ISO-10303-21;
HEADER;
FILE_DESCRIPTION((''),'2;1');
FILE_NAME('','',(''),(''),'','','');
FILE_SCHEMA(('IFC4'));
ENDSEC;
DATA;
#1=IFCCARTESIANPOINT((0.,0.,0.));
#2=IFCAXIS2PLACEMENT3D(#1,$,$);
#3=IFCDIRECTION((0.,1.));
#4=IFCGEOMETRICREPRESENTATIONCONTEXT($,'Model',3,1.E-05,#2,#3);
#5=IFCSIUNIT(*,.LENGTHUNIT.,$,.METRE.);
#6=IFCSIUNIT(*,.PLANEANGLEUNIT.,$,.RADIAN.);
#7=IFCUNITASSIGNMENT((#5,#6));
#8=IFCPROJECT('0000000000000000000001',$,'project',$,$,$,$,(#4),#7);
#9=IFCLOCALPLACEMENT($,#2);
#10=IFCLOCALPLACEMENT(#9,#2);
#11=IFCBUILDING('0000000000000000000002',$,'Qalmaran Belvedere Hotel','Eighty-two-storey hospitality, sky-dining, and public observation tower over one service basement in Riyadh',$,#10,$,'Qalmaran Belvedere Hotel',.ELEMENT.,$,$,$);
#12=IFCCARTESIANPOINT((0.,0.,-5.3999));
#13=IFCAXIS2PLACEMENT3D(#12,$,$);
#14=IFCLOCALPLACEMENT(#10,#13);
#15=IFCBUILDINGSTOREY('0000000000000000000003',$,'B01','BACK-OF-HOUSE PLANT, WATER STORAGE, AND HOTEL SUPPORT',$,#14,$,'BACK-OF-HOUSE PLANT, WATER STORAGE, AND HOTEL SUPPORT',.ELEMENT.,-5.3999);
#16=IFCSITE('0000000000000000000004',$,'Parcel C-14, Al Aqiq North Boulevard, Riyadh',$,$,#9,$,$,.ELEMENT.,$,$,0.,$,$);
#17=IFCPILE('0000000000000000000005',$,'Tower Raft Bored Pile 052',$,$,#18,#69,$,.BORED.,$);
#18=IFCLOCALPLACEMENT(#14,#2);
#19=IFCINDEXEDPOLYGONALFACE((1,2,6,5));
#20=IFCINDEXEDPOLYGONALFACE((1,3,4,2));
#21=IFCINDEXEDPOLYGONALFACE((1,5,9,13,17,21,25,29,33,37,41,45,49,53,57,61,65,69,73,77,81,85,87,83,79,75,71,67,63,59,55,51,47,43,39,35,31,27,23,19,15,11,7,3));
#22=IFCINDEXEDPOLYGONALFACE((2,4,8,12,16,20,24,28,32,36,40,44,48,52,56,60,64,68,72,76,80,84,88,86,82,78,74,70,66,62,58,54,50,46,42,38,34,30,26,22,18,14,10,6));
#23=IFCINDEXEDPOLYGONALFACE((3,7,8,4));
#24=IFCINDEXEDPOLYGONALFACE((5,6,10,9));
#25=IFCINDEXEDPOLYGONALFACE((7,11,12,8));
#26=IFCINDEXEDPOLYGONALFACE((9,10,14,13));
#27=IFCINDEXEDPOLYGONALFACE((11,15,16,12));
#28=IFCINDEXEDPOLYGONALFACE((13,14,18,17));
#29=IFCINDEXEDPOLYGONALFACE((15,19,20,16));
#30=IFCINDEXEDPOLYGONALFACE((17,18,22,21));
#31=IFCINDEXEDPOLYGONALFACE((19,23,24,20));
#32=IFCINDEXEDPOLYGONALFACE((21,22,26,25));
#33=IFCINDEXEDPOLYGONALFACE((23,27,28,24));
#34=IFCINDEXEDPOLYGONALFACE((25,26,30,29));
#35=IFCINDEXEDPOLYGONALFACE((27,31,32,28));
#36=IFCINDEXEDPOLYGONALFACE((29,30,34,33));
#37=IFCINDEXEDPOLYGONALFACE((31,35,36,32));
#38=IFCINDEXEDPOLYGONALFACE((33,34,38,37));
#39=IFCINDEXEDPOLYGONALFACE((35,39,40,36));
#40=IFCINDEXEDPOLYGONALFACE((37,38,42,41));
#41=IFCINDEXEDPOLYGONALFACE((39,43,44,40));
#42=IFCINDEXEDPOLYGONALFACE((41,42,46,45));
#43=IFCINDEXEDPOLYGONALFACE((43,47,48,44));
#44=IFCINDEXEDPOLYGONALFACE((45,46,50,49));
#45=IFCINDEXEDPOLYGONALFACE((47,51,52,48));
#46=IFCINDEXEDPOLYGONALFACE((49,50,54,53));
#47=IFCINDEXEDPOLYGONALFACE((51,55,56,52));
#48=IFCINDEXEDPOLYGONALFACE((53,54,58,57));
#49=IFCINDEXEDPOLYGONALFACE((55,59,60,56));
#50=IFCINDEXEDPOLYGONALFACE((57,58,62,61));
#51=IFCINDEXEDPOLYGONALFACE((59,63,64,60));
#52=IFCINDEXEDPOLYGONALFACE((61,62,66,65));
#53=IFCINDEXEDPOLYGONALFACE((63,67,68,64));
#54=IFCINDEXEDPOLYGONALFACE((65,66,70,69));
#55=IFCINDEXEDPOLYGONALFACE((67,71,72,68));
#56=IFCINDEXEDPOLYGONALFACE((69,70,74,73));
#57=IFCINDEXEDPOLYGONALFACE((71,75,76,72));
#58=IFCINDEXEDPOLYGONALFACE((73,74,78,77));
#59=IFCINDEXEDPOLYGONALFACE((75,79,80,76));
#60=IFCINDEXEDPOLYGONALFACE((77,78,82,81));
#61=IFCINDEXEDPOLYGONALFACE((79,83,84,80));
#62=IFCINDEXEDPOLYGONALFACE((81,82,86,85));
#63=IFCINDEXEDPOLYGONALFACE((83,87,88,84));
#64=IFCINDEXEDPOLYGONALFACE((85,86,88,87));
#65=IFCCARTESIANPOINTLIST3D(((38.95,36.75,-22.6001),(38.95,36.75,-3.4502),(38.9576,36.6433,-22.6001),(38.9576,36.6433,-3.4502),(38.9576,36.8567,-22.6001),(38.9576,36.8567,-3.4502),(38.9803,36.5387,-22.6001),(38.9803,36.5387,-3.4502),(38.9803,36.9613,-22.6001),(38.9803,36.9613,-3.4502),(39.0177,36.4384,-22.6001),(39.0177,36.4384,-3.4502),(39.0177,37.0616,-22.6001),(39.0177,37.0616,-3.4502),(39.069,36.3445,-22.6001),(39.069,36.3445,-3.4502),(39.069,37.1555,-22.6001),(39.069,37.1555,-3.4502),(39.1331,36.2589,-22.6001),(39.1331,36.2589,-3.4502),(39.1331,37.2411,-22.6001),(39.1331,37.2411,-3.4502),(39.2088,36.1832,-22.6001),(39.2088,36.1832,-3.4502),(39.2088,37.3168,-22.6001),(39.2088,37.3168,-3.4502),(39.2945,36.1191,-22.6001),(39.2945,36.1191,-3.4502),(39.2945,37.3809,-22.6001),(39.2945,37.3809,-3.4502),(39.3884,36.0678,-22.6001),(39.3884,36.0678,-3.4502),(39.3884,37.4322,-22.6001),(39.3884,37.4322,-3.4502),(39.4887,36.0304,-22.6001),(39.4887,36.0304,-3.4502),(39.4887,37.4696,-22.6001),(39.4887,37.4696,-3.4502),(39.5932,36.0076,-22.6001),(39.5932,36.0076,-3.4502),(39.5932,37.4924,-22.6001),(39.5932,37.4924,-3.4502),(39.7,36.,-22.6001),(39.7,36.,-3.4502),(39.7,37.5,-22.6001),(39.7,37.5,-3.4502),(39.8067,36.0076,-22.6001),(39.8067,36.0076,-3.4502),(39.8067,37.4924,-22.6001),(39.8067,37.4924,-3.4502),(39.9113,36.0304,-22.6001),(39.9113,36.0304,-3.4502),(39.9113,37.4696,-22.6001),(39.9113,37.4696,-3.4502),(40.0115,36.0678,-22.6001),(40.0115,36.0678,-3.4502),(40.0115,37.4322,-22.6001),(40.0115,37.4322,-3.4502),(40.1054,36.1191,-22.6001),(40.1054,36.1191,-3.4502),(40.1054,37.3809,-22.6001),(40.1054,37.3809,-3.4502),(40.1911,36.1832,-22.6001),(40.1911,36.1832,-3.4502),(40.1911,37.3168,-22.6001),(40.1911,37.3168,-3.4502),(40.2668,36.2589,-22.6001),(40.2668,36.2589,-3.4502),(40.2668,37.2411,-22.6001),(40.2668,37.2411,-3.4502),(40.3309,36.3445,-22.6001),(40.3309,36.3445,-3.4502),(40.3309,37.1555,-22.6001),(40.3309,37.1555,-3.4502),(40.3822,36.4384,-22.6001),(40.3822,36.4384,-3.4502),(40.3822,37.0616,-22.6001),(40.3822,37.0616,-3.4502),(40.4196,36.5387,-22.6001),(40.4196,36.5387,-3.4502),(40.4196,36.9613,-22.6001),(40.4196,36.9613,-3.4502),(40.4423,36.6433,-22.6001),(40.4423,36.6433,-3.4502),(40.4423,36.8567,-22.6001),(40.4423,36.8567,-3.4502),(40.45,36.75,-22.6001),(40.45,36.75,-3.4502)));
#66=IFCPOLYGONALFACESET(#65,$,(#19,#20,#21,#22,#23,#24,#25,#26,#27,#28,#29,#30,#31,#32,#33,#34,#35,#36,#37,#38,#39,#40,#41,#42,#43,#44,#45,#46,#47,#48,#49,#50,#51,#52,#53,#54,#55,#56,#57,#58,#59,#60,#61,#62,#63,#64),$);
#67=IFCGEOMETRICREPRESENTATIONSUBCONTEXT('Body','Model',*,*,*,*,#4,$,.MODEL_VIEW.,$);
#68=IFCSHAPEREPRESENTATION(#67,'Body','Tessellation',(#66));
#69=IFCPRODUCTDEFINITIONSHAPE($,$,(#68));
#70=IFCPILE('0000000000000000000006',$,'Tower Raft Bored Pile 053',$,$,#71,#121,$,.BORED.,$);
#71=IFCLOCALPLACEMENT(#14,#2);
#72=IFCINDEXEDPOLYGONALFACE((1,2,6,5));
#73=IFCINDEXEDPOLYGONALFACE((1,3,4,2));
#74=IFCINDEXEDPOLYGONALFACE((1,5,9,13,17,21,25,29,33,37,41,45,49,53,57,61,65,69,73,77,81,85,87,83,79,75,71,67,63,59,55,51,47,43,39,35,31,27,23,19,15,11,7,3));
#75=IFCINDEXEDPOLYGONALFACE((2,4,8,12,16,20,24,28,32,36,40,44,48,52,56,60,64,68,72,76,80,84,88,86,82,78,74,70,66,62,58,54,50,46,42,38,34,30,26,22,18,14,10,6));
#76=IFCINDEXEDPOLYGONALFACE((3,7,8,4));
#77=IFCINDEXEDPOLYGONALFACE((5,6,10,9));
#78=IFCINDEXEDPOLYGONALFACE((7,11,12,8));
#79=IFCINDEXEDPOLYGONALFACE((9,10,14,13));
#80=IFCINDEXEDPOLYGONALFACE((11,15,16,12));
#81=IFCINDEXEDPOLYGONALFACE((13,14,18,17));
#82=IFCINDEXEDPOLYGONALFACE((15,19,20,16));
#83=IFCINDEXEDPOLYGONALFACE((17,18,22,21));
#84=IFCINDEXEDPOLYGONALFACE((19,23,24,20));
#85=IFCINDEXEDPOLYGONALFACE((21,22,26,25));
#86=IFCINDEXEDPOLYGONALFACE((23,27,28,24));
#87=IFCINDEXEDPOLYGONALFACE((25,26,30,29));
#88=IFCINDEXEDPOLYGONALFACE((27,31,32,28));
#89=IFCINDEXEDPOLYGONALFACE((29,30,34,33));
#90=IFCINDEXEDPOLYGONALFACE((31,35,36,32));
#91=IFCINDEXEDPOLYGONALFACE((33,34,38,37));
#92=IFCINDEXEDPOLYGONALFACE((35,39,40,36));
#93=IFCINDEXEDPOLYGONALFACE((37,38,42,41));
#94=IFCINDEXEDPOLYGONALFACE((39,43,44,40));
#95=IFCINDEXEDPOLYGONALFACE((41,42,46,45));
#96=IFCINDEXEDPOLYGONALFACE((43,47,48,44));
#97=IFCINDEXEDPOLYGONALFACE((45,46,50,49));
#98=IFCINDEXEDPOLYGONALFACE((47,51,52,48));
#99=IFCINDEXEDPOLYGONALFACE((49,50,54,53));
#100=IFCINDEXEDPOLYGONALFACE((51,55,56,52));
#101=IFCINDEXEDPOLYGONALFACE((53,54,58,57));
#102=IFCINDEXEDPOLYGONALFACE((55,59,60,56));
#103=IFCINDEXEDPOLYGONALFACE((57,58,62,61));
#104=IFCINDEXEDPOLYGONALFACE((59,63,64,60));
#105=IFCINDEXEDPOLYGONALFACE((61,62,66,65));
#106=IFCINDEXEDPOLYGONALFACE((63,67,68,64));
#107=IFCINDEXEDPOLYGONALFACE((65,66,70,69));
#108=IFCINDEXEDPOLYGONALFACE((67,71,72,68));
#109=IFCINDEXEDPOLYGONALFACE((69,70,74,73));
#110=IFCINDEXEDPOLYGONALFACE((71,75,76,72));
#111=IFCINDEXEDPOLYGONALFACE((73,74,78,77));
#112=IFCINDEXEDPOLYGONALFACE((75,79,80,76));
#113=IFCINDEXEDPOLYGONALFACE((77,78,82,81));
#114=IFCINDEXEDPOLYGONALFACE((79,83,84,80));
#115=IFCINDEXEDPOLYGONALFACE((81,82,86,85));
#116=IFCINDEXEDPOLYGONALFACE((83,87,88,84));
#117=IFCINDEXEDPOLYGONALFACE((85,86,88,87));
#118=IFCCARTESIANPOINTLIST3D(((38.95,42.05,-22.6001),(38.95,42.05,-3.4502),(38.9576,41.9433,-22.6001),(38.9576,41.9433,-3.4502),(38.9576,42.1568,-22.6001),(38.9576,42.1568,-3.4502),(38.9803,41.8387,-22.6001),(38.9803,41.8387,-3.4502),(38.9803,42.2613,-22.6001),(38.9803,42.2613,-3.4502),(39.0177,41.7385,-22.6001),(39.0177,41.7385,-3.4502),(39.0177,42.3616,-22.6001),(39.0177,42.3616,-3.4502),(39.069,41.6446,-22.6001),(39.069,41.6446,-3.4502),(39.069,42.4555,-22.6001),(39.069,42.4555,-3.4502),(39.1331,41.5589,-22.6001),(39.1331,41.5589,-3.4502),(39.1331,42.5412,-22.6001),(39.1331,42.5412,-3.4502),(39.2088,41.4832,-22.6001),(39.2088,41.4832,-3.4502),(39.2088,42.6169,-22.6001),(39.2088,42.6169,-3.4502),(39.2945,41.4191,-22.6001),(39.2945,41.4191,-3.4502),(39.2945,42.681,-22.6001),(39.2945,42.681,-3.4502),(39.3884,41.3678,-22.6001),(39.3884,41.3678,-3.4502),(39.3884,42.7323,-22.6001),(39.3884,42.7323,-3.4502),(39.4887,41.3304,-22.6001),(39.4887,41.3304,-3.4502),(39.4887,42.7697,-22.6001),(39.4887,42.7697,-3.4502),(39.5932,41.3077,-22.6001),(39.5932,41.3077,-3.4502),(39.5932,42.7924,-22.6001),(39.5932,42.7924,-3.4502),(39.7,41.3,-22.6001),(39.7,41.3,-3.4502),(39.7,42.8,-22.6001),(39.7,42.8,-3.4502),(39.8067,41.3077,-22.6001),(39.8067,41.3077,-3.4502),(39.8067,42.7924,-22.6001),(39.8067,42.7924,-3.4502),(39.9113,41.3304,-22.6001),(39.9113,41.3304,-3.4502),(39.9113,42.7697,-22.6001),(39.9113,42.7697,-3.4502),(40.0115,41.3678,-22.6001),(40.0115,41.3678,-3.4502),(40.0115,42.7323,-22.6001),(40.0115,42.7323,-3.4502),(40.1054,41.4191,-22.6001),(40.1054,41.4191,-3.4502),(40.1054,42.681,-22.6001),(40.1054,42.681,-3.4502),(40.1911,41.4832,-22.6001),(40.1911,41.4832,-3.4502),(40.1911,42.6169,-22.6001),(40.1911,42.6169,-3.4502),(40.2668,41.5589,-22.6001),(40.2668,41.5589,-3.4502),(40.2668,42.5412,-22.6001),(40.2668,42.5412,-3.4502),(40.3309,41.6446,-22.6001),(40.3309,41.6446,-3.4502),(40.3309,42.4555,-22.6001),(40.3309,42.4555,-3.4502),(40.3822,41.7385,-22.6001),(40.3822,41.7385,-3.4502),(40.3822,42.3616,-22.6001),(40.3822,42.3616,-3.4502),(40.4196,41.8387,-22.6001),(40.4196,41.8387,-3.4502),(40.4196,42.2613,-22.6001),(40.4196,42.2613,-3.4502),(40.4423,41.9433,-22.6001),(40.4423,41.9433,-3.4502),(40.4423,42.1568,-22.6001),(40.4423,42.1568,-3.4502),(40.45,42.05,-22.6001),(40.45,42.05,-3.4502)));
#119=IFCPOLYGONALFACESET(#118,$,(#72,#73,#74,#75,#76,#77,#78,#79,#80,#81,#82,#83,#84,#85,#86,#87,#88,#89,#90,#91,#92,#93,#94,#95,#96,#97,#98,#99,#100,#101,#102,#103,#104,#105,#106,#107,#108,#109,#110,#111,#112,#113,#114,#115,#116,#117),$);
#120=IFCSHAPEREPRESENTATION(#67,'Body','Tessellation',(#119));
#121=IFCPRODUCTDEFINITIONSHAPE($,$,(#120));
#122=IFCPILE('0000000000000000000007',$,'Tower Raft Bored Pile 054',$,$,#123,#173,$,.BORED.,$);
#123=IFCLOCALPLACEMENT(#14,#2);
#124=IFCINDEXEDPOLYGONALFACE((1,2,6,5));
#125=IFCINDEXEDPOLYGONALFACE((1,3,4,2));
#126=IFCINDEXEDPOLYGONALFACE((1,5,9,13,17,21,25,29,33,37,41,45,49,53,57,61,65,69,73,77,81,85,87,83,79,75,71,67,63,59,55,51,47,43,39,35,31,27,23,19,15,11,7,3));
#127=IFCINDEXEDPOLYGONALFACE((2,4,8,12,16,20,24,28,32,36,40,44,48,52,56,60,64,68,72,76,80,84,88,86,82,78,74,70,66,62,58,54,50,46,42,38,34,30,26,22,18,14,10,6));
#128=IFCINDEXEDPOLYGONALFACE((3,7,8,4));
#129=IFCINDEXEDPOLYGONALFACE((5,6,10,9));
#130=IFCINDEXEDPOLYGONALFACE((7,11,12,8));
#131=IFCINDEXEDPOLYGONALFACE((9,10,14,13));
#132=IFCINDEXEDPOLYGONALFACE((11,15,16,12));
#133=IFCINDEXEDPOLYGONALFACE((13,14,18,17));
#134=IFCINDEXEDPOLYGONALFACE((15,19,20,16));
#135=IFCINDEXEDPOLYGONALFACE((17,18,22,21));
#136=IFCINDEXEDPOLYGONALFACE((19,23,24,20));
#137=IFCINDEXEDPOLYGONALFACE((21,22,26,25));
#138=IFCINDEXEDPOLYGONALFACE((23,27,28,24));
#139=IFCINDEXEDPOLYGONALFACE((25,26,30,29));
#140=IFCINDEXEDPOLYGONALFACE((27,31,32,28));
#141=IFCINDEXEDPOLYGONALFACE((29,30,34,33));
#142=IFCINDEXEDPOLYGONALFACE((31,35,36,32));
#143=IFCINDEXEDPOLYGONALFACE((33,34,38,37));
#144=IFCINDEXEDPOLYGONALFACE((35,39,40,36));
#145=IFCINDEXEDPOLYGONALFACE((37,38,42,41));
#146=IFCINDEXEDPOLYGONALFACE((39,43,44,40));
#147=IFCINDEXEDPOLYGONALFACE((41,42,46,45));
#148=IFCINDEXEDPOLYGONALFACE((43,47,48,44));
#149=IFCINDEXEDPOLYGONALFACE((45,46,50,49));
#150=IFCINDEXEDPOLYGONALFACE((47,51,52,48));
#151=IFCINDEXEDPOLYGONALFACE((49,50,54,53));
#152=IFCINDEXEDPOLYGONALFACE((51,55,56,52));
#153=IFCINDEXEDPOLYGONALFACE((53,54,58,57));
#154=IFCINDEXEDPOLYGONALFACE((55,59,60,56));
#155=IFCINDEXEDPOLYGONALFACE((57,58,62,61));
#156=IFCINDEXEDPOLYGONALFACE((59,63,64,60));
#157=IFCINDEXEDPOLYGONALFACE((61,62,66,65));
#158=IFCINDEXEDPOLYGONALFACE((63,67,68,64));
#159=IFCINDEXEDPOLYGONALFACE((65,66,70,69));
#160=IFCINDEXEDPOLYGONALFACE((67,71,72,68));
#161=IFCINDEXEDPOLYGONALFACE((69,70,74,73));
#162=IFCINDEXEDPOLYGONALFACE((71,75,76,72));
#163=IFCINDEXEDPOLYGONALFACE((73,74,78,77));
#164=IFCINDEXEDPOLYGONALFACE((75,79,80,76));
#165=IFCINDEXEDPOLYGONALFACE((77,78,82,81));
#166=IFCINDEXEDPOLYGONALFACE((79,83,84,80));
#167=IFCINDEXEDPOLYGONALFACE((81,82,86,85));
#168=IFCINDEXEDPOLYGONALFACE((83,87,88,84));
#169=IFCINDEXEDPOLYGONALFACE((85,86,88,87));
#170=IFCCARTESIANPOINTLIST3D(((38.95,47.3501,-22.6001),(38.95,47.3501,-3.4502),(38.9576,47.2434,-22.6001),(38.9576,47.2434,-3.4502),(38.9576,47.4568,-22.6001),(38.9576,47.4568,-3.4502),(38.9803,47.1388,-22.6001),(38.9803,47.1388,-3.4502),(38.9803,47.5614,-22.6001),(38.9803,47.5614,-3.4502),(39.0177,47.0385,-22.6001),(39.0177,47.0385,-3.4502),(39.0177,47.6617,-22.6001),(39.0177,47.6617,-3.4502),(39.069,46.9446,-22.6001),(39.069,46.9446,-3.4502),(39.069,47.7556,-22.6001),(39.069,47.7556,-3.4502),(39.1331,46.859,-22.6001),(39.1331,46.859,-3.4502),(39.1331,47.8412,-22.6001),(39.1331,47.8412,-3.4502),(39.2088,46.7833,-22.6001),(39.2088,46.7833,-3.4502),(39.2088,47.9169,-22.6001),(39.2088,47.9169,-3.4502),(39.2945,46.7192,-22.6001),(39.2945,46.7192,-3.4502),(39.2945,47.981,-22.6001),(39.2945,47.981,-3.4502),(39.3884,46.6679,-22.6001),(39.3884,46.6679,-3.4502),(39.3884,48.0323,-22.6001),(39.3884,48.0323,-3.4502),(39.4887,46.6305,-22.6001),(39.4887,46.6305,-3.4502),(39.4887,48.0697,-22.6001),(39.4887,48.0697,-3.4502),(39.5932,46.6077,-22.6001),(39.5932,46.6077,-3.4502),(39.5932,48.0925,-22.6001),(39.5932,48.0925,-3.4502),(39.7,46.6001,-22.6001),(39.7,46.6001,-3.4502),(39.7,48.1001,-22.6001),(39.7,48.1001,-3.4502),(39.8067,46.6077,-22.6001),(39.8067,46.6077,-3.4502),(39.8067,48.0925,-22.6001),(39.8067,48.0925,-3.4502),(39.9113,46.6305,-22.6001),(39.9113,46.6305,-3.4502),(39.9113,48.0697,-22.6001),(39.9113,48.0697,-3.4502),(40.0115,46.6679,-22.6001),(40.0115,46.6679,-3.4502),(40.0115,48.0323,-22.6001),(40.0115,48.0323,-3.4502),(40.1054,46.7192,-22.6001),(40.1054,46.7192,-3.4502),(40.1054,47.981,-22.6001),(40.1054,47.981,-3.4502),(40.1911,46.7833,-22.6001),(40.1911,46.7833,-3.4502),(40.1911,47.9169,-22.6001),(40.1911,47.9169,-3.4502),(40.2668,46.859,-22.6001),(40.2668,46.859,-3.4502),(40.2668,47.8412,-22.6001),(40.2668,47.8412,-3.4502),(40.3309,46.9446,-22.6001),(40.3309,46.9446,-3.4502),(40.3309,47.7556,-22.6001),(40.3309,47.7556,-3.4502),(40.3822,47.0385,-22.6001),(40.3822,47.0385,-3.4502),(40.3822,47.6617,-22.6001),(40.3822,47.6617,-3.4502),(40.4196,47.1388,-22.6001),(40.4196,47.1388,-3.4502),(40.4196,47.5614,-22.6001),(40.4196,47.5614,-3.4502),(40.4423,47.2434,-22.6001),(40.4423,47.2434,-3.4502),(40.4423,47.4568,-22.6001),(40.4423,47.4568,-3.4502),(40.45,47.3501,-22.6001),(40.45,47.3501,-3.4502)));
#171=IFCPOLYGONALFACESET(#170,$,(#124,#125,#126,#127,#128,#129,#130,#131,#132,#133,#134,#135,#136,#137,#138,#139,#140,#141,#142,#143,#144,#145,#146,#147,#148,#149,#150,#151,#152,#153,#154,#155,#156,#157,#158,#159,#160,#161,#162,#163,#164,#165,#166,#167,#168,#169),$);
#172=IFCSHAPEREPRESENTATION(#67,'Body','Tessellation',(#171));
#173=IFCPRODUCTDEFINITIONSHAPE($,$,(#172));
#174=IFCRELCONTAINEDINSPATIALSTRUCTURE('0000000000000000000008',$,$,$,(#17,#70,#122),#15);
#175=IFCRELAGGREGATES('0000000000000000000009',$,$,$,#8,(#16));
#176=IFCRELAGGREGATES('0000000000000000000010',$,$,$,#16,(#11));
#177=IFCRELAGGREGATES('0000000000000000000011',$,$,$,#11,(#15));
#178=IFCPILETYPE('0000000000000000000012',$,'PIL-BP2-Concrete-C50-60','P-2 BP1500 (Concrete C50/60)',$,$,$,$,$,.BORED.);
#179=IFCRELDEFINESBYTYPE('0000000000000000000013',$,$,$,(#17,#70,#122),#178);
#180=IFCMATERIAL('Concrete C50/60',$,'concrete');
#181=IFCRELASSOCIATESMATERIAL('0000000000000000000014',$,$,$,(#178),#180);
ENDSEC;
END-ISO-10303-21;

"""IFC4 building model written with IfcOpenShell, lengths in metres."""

from ifc_helpers import new_model, si_unit, direction, frame, origin, origin_2d, place, context, subcontext, project, spatial, circle, extrude, material, material_profile, profile_set, type_object, element, save


model = new_model("IFC4")

# Units and contexts
model_context = context("Model", 3, precision=1e-05, world=origin(), true_north=direction((0.0, 1.0)))
body_context = subcontext(model_context, "Body", "Model", "MODEL_VIEW")
ifc_project = project(units=[si_unit("LENGTHUNIT", "METRE"), si_unit("PLANEANGLEUNIT", "RADIAN")], contexts=[model_context])

# Site, building, storey
site_placement = place(None, origin())
site = spatial("IfcSite", under=ifc_project, at=site_placement, Name="Parcel C-14, Al Aqiq North Boulevard, Riyadh", CompositionType="ELEMENT", RefElevation=0.0)
building_placement = place(site_placement, origin())
building = spatial("IfcBuilding", under=site, at=building_placement, Name="Qalmaran Belvedere Hotel", Description="Eighty-two-storey hospitality, sky-dining, and public observation tower over one service basement in Riyadh", LongName="Qalmaran Belvedere Hotel", CompositionType="ELEMENT")
storey_placement = place(building_placement, frame((0.0, 0.0, -5.3999)))
storey = spatial("IfcBuildingStorey", under=building, at=storey_placement, Name="B01", Description="BACK-OF-HOUSE PLANT, WATER STORAGE, AND HOTEL SUPPORT", LongName="BACK-OF-HOUSE PLANT, WATER STORAGE, AND HOTEL SUPPORT", CompositionType="ELEMENT", Elevation=-5.3999)

# Shared definitions
ifc_material_1 = material(Name="Concrete C50/60", Category="concrete")

# Piles
ifc_material_profile_1 = material_profile(ifc_material_1, circle(Radius=0.75, at=origin_2d()), Name="BP1500")
ifc_profile_set_1 = profile_set([ifc_material_profile_1], Name="Concrete C50/60")
pile_type = type_object("IfcPileType", Name="PIL-BP2-Concrete-C50-60", Description="P-2 BP1500 (Concrete C50/60)", PredefinedType="BORED", material=ifc_profile_set_1)
for number, where, z_axis, x_axis, name in (
    (1, (39.7, 36.75, -3.4502), (0.0, 0.0, -1.0), (1.0, 0.0, 0.0), "Tower Raft Bored Pile 052"),
    (2, (39.7, 42.05, -3.4502), (0.0, 0.0, -1.0), (1.0, 0.0, 0.0), "Tower Raft Bored Pile 053"),
    (3, (39.7, 47.3501, -3.4502), (0.0, 0.0, -1.0), (1.0, 0.0, 0.0), "Tower Raft Bored Pile 054"),
):
    element("IfcPile", number, at=place(storey_placement, frame(where, z_axis=z_axis, x_axis=x_axis)), inside=storey, type_object=pile_type, Name=name, PredefinedType="BORED", context=body_context, shape_type="SweptSolid", body=[
        extrude(circle(Radius=0.75, at=origin_2d()), origin(), (0.0, 0.0, 1.0), 19.1499),
    ])

save(model, "model.ifc")
